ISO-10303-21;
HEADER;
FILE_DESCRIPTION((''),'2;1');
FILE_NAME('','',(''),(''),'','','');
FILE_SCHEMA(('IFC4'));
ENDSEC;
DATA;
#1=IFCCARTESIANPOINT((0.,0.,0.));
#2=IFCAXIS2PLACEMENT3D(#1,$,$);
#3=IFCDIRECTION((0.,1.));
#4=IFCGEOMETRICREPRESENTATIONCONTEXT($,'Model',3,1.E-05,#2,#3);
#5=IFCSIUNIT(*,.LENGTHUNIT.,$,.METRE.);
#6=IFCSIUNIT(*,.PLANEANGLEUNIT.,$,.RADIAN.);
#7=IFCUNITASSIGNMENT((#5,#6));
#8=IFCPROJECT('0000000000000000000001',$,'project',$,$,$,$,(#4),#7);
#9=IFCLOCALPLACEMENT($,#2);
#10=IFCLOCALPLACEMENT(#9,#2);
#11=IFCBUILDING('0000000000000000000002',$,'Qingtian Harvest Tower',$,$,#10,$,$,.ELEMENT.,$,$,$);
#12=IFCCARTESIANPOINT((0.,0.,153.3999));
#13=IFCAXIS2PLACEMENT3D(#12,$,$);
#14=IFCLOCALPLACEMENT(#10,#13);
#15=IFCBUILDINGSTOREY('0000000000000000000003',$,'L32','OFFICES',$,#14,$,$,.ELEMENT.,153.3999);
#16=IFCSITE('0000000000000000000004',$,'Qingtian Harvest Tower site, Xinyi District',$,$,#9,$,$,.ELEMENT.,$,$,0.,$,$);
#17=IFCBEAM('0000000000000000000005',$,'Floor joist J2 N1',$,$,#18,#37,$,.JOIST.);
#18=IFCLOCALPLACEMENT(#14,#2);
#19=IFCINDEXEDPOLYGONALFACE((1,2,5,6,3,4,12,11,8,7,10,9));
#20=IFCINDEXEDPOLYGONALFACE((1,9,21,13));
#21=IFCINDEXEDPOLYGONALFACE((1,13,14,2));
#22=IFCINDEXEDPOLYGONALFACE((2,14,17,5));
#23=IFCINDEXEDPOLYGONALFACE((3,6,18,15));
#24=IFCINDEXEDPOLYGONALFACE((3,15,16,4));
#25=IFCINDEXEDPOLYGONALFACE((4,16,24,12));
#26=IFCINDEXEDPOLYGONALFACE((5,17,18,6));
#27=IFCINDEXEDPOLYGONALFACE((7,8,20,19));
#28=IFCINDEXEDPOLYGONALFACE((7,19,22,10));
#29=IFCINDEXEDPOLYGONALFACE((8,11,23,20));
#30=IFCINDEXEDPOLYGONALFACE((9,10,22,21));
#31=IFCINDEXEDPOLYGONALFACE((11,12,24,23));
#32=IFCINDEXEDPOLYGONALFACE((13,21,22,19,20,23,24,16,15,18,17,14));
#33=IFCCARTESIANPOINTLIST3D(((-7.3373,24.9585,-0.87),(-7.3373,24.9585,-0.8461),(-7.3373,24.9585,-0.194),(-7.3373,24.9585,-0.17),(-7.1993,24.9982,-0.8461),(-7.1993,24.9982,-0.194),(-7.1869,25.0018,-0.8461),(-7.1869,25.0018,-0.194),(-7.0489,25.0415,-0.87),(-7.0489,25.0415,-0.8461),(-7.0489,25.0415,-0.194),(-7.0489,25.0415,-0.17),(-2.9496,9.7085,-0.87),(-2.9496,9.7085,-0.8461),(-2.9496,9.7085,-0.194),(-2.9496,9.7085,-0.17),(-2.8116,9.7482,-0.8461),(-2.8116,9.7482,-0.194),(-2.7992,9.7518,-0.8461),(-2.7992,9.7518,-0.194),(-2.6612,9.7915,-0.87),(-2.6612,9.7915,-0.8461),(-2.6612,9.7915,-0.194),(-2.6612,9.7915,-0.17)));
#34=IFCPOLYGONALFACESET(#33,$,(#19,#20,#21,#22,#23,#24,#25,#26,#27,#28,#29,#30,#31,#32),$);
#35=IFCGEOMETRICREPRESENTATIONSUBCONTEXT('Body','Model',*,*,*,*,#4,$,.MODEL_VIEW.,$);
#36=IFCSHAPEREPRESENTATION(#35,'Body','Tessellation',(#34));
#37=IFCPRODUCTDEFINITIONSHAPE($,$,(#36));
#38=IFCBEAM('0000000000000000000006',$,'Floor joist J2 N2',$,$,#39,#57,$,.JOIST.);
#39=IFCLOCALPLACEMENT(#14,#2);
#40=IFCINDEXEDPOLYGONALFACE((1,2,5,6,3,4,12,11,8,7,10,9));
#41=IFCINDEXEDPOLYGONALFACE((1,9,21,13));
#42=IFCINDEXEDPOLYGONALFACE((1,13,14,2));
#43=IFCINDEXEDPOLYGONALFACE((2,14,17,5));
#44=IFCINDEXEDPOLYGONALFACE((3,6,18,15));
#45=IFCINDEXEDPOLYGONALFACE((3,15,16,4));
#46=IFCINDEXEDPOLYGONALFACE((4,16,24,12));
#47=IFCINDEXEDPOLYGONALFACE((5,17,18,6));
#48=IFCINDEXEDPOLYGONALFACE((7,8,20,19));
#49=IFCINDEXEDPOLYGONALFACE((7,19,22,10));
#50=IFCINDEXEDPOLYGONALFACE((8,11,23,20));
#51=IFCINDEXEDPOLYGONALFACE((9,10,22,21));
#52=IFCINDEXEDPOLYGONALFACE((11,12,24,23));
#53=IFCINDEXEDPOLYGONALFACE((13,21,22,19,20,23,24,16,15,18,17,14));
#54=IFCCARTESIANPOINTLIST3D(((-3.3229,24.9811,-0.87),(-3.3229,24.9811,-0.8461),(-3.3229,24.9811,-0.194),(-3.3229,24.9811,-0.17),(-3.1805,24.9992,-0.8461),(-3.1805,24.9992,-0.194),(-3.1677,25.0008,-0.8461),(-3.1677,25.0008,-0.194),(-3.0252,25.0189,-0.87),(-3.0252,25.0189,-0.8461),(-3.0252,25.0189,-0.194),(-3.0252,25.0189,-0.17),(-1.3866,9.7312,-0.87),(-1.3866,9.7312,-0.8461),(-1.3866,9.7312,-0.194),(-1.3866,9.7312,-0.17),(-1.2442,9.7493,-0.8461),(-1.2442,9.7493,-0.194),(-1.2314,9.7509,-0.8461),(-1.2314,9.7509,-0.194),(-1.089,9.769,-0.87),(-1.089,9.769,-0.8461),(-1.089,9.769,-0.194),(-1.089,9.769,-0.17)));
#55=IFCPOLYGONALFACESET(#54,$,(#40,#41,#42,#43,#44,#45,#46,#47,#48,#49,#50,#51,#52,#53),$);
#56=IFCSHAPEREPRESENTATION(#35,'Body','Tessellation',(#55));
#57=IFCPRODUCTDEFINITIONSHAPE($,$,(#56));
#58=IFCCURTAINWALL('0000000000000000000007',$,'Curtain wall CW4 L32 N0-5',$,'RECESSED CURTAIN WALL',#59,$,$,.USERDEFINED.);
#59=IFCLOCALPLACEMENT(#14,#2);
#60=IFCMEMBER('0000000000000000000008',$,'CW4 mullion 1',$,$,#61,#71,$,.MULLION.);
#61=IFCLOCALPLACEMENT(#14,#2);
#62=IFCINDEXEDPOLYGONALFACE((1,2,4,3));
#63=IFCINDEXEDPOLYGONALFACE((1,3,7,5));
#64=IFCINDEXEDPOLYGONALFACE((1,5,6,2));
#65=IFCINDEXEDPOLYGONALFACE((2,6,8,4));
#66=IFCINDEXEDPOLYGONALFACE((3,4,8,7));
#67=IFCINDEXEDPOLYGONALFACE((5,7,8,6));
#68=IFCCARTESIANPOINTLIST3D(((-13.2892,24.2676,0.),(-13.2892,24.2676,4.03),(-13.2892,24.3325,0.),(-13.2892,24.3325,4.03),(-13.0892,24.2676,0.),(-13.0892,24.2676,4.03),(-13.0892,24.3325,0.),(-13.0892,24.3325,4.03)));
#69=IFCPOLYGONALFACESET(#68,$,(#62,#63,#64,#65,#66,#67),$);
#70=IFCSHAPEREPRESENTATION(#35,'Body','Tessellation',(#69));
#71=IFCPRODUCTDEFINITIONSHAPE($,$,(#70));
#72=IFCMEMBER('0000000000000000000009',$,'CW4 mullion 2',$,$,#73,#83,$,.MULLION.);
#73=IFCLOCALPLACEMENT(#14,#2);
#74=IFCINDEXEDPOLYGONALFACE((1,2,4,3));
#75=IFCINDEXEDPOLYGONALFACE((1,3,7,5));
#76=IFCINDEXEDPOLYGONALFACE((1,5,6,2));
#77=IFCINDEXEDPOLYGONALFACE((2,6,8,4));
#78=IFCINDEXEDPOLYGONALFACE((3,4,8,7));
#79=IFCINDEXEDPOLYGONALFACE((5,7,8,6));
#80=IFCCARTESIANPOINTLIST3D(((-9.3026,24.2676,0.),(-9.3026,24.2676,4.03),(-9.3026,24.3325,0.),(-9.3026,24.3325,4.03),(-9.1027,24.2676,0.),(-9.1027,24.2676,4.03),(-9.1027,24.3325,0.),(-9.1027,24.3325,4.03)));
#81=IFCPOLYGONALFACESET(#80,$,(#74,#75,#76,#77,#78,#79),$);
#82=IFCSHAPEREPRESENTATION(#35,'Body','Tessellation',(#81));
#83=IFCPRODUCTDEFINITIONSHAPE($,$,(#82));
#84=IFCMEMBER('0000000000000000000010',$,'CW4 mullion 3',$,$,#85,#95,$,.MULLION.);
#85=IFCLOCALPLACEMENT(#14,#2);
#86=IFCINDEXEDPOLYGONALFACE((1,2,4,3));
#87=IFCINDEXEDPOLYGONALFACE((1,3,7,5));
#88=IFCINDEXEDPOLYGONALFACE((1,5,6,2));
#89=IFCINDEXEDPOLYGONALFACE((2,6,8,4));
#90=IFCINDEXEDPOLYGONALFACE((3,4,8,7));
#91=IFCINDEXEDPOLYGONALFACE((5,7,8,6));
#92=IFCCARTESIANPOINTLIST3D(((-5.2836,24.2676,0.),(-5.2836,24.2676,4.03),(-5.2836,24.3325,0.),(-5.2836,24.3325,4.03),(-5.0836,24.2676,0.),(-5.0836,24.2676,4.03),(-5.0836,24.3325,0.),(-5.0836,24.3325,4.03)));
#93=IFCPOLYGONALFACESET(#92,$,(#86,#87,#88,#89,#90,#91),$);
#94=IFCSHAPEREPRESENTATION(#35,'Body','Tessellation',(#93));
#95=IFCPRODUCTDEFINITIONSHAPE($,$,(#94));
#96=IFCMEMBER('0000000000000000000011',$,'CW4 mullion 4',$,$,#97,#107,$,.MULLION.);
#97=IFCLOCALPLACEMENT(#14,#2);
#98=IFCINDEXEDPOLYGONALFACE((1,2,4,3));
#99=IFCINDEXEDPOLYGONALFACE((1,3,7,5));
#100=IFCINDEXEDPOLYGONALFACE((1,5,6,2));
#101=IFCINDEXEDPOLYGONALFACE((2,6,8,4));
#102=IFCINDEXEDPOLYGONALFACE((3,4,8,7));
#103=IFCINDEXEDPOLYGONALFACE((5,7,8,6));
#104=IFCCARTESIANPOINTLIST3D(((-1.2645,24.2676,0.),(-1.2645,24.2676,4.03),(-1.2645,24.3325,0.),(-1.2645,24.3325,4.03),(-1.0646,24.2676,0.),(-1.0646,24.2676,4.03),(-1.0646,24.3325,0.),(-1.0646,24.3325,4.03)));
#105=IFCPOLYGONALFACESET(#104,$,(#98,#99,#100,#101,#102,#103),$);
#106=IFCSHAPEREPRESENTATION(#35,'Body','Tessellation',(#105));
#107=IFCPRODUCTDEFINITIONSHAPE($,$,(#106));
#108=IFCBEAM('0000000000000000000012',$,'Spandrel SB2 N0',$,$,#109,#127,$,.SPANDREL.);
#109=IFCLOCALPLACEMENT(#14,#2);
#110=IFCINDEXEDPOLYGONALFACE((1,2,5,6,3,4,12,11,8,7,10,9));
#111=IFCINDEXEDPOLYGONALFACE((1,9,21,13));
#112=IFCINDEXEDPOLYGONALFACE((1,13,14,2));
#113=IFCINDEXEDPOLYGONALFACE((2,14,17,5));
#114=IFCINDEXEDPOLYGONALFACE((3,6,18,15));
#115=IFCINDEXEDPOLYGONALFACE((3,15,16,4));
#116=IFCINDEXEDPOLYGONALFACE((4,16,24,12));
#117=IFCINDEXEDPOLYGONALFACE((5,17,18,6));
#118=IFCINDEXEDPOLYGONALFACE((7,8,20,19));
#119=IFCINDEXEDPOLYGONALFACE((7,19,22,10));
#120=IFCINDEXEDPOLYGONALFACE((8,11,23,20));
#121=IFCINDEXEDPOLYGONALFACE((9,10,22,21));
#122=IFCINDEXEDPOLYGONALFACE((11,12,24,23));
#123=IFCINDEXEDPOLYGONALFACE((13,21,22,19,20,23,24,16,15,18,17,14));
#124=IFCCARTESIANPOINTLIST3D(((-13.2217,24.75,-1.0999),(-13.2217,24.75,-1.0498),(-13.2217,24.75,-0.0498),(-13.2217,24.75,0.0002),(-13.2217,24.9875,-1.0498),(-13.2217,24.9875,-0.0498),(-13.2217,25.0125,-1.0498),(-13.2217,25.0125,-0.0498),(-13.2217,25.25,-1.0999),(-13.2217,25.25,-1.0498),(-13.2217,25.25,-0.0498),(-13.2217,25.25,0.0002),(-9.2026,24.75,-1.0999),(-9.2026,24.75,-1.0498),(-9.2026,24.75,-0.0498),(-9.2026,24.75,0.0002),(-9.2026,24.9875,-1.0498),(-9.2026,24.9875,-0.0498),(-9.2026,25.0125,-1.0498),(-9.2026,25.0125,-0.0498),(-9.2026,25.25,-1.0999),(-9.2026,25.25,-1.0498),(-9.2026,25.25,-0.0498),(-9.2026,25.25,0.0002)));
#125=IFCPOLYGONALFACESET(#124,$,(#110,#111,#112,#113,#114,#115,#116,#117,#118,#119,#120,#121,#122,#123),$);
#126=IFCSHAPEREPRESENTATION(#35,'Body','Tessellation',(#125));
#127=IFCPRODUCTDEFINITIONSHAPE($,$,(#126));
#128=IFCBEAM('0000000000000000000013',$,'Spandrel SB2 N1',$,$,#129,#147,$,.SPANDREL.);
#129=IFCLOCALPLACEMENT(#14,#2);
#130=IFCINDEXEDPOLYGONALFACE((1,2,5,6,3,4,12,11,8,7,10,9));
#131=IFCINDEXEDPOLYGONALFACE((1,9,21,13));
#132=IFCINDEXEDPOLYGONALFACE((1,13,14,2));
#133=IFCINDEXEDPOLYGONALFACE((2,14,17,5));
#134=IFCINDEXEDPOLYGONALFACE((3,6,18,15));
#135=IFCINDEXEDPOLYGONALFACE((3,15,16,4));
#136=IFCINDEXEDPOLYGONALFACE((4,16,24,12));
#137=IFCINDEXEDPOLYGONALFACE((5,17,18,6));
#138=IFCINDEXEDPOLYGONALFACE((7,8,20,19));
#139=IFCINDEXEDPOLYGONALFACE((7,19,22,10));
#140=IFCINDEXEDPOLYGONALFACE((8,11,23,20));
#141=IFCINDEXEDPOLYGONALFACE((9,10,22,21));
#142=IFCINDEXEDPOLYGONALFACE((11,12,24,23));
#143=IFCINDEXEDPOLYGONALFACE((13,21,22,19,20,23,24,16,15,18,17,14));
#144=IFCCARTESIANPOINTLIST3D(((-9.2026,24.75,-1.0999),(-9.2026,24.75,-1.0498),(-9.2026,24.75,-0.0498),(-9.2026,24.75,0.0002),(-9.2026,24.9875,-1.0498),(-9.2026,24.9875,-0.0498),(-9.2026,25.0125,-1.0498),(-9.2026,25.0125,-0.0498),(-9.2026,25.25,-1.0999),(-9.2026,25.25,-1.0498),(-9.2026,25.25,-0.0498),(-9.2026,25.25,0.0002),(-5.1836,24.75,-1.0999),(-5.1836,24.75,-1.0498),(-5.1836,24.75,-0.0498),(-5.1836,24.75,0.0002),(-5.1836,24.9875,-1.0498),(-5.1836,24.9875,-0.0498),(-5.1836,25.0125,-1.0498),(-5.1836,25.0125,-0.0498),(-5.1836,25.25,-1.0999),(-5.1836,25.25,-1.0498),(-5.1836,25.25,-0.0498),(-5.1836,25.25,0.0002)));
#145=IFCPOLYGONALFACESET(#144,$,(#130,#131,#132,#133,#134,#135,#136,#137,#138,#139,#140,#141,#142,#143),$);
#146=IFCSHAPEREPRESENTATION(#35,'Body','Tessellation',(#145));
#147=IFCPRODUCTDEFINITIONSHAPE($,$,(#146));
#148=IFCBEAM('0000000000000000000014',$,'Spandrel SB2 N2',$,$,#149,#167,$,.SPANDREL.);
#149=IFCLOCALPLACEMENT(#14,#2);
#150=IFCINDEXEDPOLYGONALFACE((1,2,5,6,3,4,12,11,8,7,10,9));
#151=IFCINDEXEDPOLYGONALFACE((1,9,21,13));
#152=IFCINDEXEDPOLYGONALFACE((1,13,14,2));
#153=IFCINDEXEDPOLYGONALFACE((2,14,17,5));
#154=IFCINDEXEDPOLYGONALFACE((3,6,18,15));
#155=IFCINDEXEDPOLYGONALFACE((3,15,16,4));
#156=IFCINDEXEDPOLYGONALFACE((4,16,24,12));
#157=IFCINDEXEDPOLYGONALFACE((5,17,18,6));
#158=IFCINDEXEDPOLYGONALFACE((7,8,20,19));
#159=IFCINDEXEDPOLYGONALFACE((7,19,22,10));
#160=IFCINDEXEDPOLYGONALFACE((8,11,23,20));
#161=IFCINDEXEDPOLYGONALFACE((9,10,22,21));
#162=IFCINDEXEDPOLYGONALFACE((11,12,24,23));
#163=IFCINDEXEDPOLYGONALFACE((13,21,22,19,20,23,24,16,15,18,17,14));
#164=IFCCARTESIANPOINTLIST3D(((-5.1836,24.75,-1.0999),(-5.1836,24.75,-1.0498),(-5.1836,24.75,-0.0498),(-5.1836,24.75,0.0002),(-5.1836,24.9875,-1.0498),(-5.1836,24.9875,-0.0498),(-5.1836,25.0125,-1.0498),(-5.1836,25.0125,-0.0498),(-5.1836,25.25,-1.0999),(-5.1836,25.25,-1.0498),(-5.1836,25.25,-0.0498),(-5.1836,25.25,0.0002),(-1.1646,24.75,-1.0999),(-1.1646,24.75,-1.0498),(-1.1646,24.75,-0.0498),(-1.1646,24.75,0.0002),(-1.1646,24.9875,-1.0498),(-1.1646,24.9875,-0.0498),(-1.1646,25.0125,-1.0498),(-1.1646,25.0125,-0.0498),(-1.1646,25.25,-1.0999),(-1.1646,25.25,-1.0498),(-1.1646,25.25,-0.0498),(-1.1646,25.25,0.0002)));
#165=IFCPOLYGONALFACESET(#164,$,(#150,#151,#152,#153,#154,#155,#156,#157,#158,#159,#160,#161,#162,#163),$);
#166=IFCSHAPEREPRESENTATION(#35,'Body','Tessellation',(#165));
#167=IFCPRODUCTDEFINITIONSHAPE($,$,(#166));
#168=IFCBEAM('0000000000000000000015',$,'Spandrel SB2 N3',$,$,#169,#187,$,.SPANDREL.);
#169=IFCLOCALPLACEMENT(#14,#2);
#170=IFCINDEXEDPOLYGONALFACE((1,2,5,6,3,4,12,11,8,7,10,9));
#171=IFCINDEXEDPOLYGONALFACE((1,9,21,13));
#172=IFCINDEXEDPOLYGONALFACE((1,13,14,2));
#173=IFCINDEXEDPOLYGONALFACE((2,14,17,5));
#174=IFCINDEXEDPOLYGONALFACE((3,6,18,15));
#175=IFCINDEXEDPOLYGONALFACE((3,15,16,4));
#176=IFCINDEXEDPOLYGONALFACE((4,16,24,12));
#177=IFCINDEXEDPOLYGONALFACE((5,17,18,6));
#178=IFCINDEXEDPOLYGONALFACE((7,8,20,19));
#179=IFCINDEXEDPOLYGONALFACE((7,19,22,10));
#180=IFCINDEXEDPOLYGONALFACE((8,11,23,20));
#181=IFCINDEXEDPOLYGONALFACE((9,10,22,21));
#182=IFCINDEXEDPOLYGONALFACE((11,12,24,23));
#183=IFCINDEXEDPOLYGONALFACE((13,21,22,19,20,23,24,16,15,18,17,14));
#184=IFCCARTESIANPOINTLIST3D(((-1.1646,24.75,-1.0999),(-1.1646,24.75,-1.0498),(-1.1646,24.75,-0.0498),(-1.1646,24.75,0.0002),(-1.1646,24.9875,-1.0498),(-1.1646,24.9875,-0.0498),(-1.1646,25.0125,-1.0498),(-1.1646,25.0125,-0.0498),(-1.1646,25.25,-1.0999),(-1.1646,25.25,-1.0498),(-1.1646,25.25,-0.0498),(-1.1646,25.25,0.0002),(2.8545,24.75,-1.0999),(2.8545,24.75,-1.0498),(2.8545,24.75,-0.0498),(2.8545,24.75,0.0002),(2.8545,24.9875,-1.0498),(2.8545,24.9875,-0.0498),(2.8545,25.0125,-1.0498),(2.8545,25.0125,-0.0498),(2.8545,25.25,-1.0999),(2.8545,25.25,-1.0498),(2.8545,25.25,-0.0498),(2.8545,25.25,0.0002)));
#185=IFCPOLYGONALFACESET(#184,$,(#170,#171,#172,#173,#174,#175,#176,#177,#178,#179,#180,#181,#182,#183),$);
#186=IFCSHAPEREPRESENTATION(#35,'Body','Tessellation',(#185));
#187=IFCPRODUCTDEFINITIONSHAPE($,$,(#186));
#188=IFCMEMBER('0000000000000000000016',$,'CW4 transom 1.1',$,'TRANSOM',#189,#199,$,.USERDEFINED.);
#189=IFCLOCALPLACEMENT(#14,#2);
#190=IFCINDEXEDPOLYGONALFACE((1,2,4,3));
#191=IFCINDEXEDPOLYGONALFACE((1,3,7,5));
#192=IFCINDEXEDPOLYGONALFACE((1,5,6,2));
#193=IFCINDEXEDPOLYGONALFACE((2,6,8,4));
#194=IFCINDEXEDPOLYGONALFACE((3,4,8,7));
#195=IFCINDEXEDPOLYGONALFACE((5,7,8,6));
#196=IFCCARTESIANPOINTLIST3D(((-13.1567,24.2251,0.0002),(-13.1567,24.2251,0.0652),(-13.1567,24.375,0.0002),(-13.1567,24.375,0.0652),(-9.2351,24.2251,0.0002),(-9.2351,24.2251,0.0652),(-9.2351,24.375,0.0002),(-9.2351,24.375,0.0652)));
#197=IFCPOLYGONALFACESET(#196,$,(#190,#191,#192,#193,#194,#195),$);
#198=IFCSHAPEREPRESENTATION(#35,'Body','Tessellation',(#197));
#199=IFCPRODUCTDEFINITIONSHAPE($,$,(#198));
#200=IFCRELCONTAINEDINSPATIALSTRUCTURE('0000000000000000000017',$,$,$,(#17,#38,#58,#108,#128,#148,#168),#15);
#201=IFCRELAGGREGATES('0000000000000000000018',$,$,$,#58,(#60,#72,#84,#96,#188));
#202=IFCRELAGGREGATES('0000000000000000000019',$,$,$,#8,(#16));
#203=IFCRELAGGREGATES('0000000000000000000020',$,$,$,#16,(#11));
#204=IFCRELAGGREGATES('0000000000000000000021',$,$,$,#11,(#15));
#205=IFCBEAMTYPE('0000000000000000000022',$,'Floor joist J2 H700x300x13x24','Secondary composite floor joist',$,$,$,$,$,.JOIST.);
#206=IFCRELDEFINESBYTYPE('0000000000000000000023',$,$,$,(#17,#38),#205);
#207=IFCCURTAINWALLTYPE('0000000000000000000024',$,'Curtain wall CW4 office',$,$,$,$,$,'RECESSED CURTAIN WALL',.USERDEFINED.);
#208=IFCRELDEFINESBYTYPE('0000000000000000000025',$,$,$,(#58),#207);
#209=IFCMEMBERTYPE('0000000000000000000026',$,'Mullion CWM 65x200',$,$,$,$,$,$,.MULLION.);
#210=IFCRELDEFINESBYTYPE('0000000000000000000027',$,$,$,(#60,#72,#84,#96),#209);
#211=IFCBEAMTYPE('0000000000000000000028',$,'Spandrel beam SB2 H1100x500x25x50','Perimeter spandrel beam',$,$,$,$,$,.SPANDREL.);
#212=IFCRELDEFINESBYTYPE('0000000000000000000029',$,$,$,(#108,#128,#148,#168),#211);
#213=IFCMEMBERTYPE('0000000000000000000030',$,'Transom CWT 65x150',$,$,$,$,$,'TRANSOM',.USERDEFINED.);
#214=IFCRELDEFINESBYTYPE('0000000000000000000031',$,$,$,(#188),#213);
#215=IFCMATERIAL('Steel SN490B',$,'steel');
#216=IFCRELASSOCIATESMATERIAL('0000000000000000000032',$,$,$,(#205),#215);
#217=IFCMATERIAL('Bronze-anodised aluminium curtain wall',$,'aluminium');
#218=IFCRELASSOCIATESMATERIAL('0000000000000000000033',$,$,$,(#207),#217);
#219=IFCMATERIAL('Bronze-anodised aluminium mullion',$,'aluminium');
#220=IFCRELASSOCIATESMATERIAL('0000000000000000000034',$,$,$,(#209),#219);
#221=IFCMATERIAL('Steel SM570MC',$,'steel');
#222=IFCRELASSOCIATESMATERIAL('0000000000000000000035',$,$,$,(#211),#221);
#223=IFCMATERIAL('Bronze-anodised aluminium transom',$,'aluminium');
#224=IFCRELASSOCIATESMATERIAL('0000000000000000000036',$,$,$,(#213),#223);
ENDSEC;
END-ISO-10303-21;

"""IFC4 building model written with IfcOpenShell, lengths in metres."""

from ifc_helpers import new_model, si_unit, direction, frame, origin, origin_2d, place, context, subcontext, project, spatial, rectangle, i_section, extrude, material, material_profile, profile_set, type_object, element, aggregate, save


model = new_model("IFC4")

# Units and contexts
model_context = context("Model", 3, precision=1e-05, world=origin(), true_north=direction((0.0, 1.0)))
body_context = subcontext(model_context, "Body", "Model", "MODEL_VIEW")
ifc_project = project(units=[si_unit("LENGTHUNIT", "METRE"), si_unit("PLANEANGLEUNIT", "RADIAN")], contexts=[model_context])

# Site, building, storey
site_placement = place(None, origin())
site = spatial("IfcSite", under=ifc_project, at=site_placement, Name="Qingtian Harvest Tower site, Xinyi District", CompositionType="ELEMENT", RefElevation=0.0)
building_placement = place(site_placement, origin())
building = spatial("IfcBuilding", under=site, at=building_placement, Name="Qingtian Harvest Tower", CompositionType="ELEMENT")
storey_placement = place(building_placement, frame((0.0, 0.0, 153.3999)))
storey = spatial("IfcBuildingStorey", under=building, at=storey_placement, Name="L32", Description="OFFICES", CompositionType="ELEMENT", Elevation=153.3999)

# Beams
ifc_material_1 = material(Name="Steel SN490B", Category="steel")
ifc_material_profile_1 = material_profile(ifc_material_1, i_section(OverallWidth=0.3, OverallDepth=0.7, WebThickness=0.0129, FlangeThickness=0.0239, at=origin_2d()), Name="H700x300x13x24")
ifc_profile_set_1 = profile_set([ifc_material_profile_1], Name="Steel SN490B")
beam_type_1 = type_object("IfcBeamType", Name="Floor joist J2 H700x300x13x24", Description="Secondary composite floor joist", PredefinedType="JOIST", material=ifc_profile_set_1)
beam_1_placement = place(storey_placement, frame((-7.1931, 25.0, -0.52), z_axis=(0.276501, -0.961014, 0.0), x_axis=(0.961014, 0.276501, 0.0)))
element("IfcBeam", 1, at=beam_1_placement, inside=storey, type_object=beam_type_1, Name="Floor joist J2 N1", PredefinedType="JOIST", context=body_context, shape_type="SweptSolid", body=[
    extrude(i_section(OverallWidth=0.3, OverallDepth=0.7, WebThickness=0.0129, FlangeThickness=0.0239, at=origin_2d()), origin(), (0.0, 0.0, 1.0), 15.8687),
])
beam_2_placement = place(storey_placement, frame((-3.1741, 25.0, -0.52), z_axis=(0.125958, -0.992036, 0.0), x_axis=(0.992036, 0.125958, 0.0)))
element("IfcBeam", 2, at=beam_2_placement, inside=storey, type_object=beam_type_1, Name="Floor joist J2 N2", PredefinedType="JOIST", context=body_context, shape_type="SweptSolid", body=[
    extrude(i_section(OverallWidth=0.3, OverallDepth=0.7, WebThickness=0.0129, FlangeThickness=0.0239, at=origin_2d()), origin(), (0.0, 0.0, 1.0), 15.3723),
])

# Curtain wall, members
ifc_material_2 = material(Name="Bronze-anodised aluminium curtain wall", Category="aluminium")
curtain_wall_type = type_object("IfcCurtainWallType", Name="Curtain wall CW4 office", ElementType="RECESSED CURTAIN WALL", PredefinedType="USERDEFINED", material=ifc_material_2)
curtain_wall_placement = place(storey_placement, origin())
curtain_wall = element("IfcCurtainWall", 3, at=curtain_wall_placement, inside=storey, type_object=curtain_wall_type, Name="Curtain wall CW4 L32 N0-5", ObjectType="RECESSED CURTAIN WALL", PredefinedType="USERDEFINED")
ifc_material_3 = material(Name="Bronze-anodised aluminium mullion", Category="aluminium")
ifc_material_profile_2 = material_profile(ifc_material_3, rectangle(XDim=0.0649, YDim=0.2, at=origin_2d()), Name="AL 65x200")
ifc_profile_set_2 = profile_set([ifc_material_profile_2], Name="Bronze-anodised aluminium mullion")
member_type_1 = type_object("IfcMemberType", Name="Mullion CWM 65x200", PredefinedType="MULLION", material=ifc_profile_set_2)
member_1_placement = place(storey_placement, frame((-13.1892, 24.3, 0.0), z_axis=(0.0, 0.0, 1.0), x_axis=(0.0, 1.0, 0.0)))
member_1 = element("IfcMember", 4, at=member_1_placement, type_object=member_type_1, Name="CW4 mullion 1", PredefinedType="MULLION", context=body_context, shape_type="SweptSolid", body=[
    extrude(rectangle(XDim=0.0649, YDim=0.2, at=origin_2d()), origin(), (0.0, 0.0, 1.0), 4.03),
])
member_2_placement = place(storey_placement, frame((-9.2026, 24.3, 0.0), z_axis=(0.0, 0.0, 1.0), x_axis=(0.0, 1.0, 0.0)))
member_2 = element("IfcMember", 5, at=member_2_placement, type_object=member_type_1, Name="CW4 mullion 2", PredefinedType="MULLION", context=body_context, shape_type="SweptSolid", body=[
    extrude(rectangle(XDim=0.0649, YDim=0.2, at=origin_2d()), origin(), (0.0, 0.0, 1.0), 4.03),
])
member_3_placement = place(storey_placement, frame((-5.1836, 24.3, 0.0), z_axis=(0.0, 0.0, 1.0), x_axis=(0.0, 1.0, 0.0)))
member_3 = element("IfcMember", 6, at=member_3_placement, type_object=member_type_1, Name="CW4 mullion 3", PredefinedType="MULLION", context=body_context, shape_type="SweptSolid", body=[
    extrude(rectangle(XDim=0.0649, YDim=0.2, at=origin_2d()), origin(), (0.0, 0.0, 1.0), 4.03),
])
member_4_placement = place(storey_placement, frame((-1.1646, 24.3, 0.0), z_axis=(0.0, 0.0, 1.0), x_axis=(0.0, 1.0, 0.0)))
member_4 = element("IfcMember", 7, at=member_4_placement, type_object=member_type_1, Name="CW4 mullion 4", PredefinedType="MULLION", context=body_context, shape_type="SweptSolid", body=[
    extrude(rectangle(XDim=0.0649, YDim=0.2, at=origin_2d()), origin(), (0.0, 0.0, 1.0), 4.03),
])

# Beams
ifc_material_4 = material(Name="Steel SM570MC", Category="steel")
ifc_material_profile_3 = material_profile(ifc_material_4, i_section(OverallWidth=0.5, OverallDepth=1.1001, WebThickness=0.0249, FlangeThickness=0.05, at=origin_2d()), Name="H1100x500x25x50")
ifc_profile_set_3 = profile_set([ifc_material_profile_3], Name="Steel SM570MC")
beam_type_2 = type_object("IfcBeamType", Name="Spandrel beam SB2 H1100x500x25x50", Description="Perimeter spandrel beam", PredefinedType="SPANDREL", material=ifc_profile_set_3)
for number, where, z_axis, x_axis, name in (
    (8, (-13.2217, 25.0, -0.5498), (1.0, 0.0, 0.0), (0.0, 1.0, 0.0), "Spandrel SB2 N0"),
    (9, (-9.2026, 25.0, -0.5498), (1.0, 0.0, 0.0), (0.0, 1.0, 0.0), "Spandrel SB2 N1"),
    (10, (-5.1836, 25.0, -0.5498), (1.0, 0.0, 0.0), (0.0, 1.0, 0.0), "Spandrel SB2 N2"),
    (11, (-1.1646, 25.0, -0.5498), (1.0, 0.0, 0.0), (0.0, 1.0, 0.0), "Spandrel SB2 N3"),
):
    element("IfcBeam", number, at=place(storey_placement, frame(where, z_axis=z_axis, x_axis=x_axis)), inside=storey, type_object=beam_type_2, Name=name, PredefinedType="SPANDREL", context=body_context, shape_type="SweptSolid", body=[
        extrude(i_section(OverallWidth=0.5, OverallDepth=1.1001, WebThickness=0.0249, FlangeThickness=0.05, at=origin_2d()), origin(), (0.0, 0.0, 1.0), 4.019),
    ])

# Member
ifc_material_5 = material(Name="Bronze-anodised aluminium transom", Category="aluminium")
ifc_material_profile_4 = material_profile(ifc_material_5, rectangle(XDim=0.1499, YDim=0.0649, at=origin_2d()), Name="AL 65x150")
ifc_profile_set_4 = profile_set([ifc_material_profile_4], Name="Bronze-anodised aluminium transom")
member_type_2 = type_object("IfcMemberType", Name="Transom CWT 65x150", ElementType="TRANSOM", PredefinedType="USERDEFINED", material=ifc_profile_set_4)
member_5_placement = place(storey_placement, frame((-13.1567, 24.3, 0.0327), z_axis=(1.0, 0.0, 0.0), x_axis=(0.0, 1.0, 0.0)))
member_5 = element("IfcMember", 12, at=member_5_placement, type_object=member_type_2, Name="CW4 transom 1.1", ObjectType="TRANSOM", PredefinedType="USERDEFINED", context=body_context, shape_type="SweptSolid", body=[
    extrude(rectangle(XDim=0.1499, YDim=0.0649, at=origin_2d()), origin(), (0.0, 0.0, 1.0), 3.9216),
])

aggregate(curtain_wall, [member_1, member_2, member_3, member_4, member_5])

save(model, "model.ifc")
